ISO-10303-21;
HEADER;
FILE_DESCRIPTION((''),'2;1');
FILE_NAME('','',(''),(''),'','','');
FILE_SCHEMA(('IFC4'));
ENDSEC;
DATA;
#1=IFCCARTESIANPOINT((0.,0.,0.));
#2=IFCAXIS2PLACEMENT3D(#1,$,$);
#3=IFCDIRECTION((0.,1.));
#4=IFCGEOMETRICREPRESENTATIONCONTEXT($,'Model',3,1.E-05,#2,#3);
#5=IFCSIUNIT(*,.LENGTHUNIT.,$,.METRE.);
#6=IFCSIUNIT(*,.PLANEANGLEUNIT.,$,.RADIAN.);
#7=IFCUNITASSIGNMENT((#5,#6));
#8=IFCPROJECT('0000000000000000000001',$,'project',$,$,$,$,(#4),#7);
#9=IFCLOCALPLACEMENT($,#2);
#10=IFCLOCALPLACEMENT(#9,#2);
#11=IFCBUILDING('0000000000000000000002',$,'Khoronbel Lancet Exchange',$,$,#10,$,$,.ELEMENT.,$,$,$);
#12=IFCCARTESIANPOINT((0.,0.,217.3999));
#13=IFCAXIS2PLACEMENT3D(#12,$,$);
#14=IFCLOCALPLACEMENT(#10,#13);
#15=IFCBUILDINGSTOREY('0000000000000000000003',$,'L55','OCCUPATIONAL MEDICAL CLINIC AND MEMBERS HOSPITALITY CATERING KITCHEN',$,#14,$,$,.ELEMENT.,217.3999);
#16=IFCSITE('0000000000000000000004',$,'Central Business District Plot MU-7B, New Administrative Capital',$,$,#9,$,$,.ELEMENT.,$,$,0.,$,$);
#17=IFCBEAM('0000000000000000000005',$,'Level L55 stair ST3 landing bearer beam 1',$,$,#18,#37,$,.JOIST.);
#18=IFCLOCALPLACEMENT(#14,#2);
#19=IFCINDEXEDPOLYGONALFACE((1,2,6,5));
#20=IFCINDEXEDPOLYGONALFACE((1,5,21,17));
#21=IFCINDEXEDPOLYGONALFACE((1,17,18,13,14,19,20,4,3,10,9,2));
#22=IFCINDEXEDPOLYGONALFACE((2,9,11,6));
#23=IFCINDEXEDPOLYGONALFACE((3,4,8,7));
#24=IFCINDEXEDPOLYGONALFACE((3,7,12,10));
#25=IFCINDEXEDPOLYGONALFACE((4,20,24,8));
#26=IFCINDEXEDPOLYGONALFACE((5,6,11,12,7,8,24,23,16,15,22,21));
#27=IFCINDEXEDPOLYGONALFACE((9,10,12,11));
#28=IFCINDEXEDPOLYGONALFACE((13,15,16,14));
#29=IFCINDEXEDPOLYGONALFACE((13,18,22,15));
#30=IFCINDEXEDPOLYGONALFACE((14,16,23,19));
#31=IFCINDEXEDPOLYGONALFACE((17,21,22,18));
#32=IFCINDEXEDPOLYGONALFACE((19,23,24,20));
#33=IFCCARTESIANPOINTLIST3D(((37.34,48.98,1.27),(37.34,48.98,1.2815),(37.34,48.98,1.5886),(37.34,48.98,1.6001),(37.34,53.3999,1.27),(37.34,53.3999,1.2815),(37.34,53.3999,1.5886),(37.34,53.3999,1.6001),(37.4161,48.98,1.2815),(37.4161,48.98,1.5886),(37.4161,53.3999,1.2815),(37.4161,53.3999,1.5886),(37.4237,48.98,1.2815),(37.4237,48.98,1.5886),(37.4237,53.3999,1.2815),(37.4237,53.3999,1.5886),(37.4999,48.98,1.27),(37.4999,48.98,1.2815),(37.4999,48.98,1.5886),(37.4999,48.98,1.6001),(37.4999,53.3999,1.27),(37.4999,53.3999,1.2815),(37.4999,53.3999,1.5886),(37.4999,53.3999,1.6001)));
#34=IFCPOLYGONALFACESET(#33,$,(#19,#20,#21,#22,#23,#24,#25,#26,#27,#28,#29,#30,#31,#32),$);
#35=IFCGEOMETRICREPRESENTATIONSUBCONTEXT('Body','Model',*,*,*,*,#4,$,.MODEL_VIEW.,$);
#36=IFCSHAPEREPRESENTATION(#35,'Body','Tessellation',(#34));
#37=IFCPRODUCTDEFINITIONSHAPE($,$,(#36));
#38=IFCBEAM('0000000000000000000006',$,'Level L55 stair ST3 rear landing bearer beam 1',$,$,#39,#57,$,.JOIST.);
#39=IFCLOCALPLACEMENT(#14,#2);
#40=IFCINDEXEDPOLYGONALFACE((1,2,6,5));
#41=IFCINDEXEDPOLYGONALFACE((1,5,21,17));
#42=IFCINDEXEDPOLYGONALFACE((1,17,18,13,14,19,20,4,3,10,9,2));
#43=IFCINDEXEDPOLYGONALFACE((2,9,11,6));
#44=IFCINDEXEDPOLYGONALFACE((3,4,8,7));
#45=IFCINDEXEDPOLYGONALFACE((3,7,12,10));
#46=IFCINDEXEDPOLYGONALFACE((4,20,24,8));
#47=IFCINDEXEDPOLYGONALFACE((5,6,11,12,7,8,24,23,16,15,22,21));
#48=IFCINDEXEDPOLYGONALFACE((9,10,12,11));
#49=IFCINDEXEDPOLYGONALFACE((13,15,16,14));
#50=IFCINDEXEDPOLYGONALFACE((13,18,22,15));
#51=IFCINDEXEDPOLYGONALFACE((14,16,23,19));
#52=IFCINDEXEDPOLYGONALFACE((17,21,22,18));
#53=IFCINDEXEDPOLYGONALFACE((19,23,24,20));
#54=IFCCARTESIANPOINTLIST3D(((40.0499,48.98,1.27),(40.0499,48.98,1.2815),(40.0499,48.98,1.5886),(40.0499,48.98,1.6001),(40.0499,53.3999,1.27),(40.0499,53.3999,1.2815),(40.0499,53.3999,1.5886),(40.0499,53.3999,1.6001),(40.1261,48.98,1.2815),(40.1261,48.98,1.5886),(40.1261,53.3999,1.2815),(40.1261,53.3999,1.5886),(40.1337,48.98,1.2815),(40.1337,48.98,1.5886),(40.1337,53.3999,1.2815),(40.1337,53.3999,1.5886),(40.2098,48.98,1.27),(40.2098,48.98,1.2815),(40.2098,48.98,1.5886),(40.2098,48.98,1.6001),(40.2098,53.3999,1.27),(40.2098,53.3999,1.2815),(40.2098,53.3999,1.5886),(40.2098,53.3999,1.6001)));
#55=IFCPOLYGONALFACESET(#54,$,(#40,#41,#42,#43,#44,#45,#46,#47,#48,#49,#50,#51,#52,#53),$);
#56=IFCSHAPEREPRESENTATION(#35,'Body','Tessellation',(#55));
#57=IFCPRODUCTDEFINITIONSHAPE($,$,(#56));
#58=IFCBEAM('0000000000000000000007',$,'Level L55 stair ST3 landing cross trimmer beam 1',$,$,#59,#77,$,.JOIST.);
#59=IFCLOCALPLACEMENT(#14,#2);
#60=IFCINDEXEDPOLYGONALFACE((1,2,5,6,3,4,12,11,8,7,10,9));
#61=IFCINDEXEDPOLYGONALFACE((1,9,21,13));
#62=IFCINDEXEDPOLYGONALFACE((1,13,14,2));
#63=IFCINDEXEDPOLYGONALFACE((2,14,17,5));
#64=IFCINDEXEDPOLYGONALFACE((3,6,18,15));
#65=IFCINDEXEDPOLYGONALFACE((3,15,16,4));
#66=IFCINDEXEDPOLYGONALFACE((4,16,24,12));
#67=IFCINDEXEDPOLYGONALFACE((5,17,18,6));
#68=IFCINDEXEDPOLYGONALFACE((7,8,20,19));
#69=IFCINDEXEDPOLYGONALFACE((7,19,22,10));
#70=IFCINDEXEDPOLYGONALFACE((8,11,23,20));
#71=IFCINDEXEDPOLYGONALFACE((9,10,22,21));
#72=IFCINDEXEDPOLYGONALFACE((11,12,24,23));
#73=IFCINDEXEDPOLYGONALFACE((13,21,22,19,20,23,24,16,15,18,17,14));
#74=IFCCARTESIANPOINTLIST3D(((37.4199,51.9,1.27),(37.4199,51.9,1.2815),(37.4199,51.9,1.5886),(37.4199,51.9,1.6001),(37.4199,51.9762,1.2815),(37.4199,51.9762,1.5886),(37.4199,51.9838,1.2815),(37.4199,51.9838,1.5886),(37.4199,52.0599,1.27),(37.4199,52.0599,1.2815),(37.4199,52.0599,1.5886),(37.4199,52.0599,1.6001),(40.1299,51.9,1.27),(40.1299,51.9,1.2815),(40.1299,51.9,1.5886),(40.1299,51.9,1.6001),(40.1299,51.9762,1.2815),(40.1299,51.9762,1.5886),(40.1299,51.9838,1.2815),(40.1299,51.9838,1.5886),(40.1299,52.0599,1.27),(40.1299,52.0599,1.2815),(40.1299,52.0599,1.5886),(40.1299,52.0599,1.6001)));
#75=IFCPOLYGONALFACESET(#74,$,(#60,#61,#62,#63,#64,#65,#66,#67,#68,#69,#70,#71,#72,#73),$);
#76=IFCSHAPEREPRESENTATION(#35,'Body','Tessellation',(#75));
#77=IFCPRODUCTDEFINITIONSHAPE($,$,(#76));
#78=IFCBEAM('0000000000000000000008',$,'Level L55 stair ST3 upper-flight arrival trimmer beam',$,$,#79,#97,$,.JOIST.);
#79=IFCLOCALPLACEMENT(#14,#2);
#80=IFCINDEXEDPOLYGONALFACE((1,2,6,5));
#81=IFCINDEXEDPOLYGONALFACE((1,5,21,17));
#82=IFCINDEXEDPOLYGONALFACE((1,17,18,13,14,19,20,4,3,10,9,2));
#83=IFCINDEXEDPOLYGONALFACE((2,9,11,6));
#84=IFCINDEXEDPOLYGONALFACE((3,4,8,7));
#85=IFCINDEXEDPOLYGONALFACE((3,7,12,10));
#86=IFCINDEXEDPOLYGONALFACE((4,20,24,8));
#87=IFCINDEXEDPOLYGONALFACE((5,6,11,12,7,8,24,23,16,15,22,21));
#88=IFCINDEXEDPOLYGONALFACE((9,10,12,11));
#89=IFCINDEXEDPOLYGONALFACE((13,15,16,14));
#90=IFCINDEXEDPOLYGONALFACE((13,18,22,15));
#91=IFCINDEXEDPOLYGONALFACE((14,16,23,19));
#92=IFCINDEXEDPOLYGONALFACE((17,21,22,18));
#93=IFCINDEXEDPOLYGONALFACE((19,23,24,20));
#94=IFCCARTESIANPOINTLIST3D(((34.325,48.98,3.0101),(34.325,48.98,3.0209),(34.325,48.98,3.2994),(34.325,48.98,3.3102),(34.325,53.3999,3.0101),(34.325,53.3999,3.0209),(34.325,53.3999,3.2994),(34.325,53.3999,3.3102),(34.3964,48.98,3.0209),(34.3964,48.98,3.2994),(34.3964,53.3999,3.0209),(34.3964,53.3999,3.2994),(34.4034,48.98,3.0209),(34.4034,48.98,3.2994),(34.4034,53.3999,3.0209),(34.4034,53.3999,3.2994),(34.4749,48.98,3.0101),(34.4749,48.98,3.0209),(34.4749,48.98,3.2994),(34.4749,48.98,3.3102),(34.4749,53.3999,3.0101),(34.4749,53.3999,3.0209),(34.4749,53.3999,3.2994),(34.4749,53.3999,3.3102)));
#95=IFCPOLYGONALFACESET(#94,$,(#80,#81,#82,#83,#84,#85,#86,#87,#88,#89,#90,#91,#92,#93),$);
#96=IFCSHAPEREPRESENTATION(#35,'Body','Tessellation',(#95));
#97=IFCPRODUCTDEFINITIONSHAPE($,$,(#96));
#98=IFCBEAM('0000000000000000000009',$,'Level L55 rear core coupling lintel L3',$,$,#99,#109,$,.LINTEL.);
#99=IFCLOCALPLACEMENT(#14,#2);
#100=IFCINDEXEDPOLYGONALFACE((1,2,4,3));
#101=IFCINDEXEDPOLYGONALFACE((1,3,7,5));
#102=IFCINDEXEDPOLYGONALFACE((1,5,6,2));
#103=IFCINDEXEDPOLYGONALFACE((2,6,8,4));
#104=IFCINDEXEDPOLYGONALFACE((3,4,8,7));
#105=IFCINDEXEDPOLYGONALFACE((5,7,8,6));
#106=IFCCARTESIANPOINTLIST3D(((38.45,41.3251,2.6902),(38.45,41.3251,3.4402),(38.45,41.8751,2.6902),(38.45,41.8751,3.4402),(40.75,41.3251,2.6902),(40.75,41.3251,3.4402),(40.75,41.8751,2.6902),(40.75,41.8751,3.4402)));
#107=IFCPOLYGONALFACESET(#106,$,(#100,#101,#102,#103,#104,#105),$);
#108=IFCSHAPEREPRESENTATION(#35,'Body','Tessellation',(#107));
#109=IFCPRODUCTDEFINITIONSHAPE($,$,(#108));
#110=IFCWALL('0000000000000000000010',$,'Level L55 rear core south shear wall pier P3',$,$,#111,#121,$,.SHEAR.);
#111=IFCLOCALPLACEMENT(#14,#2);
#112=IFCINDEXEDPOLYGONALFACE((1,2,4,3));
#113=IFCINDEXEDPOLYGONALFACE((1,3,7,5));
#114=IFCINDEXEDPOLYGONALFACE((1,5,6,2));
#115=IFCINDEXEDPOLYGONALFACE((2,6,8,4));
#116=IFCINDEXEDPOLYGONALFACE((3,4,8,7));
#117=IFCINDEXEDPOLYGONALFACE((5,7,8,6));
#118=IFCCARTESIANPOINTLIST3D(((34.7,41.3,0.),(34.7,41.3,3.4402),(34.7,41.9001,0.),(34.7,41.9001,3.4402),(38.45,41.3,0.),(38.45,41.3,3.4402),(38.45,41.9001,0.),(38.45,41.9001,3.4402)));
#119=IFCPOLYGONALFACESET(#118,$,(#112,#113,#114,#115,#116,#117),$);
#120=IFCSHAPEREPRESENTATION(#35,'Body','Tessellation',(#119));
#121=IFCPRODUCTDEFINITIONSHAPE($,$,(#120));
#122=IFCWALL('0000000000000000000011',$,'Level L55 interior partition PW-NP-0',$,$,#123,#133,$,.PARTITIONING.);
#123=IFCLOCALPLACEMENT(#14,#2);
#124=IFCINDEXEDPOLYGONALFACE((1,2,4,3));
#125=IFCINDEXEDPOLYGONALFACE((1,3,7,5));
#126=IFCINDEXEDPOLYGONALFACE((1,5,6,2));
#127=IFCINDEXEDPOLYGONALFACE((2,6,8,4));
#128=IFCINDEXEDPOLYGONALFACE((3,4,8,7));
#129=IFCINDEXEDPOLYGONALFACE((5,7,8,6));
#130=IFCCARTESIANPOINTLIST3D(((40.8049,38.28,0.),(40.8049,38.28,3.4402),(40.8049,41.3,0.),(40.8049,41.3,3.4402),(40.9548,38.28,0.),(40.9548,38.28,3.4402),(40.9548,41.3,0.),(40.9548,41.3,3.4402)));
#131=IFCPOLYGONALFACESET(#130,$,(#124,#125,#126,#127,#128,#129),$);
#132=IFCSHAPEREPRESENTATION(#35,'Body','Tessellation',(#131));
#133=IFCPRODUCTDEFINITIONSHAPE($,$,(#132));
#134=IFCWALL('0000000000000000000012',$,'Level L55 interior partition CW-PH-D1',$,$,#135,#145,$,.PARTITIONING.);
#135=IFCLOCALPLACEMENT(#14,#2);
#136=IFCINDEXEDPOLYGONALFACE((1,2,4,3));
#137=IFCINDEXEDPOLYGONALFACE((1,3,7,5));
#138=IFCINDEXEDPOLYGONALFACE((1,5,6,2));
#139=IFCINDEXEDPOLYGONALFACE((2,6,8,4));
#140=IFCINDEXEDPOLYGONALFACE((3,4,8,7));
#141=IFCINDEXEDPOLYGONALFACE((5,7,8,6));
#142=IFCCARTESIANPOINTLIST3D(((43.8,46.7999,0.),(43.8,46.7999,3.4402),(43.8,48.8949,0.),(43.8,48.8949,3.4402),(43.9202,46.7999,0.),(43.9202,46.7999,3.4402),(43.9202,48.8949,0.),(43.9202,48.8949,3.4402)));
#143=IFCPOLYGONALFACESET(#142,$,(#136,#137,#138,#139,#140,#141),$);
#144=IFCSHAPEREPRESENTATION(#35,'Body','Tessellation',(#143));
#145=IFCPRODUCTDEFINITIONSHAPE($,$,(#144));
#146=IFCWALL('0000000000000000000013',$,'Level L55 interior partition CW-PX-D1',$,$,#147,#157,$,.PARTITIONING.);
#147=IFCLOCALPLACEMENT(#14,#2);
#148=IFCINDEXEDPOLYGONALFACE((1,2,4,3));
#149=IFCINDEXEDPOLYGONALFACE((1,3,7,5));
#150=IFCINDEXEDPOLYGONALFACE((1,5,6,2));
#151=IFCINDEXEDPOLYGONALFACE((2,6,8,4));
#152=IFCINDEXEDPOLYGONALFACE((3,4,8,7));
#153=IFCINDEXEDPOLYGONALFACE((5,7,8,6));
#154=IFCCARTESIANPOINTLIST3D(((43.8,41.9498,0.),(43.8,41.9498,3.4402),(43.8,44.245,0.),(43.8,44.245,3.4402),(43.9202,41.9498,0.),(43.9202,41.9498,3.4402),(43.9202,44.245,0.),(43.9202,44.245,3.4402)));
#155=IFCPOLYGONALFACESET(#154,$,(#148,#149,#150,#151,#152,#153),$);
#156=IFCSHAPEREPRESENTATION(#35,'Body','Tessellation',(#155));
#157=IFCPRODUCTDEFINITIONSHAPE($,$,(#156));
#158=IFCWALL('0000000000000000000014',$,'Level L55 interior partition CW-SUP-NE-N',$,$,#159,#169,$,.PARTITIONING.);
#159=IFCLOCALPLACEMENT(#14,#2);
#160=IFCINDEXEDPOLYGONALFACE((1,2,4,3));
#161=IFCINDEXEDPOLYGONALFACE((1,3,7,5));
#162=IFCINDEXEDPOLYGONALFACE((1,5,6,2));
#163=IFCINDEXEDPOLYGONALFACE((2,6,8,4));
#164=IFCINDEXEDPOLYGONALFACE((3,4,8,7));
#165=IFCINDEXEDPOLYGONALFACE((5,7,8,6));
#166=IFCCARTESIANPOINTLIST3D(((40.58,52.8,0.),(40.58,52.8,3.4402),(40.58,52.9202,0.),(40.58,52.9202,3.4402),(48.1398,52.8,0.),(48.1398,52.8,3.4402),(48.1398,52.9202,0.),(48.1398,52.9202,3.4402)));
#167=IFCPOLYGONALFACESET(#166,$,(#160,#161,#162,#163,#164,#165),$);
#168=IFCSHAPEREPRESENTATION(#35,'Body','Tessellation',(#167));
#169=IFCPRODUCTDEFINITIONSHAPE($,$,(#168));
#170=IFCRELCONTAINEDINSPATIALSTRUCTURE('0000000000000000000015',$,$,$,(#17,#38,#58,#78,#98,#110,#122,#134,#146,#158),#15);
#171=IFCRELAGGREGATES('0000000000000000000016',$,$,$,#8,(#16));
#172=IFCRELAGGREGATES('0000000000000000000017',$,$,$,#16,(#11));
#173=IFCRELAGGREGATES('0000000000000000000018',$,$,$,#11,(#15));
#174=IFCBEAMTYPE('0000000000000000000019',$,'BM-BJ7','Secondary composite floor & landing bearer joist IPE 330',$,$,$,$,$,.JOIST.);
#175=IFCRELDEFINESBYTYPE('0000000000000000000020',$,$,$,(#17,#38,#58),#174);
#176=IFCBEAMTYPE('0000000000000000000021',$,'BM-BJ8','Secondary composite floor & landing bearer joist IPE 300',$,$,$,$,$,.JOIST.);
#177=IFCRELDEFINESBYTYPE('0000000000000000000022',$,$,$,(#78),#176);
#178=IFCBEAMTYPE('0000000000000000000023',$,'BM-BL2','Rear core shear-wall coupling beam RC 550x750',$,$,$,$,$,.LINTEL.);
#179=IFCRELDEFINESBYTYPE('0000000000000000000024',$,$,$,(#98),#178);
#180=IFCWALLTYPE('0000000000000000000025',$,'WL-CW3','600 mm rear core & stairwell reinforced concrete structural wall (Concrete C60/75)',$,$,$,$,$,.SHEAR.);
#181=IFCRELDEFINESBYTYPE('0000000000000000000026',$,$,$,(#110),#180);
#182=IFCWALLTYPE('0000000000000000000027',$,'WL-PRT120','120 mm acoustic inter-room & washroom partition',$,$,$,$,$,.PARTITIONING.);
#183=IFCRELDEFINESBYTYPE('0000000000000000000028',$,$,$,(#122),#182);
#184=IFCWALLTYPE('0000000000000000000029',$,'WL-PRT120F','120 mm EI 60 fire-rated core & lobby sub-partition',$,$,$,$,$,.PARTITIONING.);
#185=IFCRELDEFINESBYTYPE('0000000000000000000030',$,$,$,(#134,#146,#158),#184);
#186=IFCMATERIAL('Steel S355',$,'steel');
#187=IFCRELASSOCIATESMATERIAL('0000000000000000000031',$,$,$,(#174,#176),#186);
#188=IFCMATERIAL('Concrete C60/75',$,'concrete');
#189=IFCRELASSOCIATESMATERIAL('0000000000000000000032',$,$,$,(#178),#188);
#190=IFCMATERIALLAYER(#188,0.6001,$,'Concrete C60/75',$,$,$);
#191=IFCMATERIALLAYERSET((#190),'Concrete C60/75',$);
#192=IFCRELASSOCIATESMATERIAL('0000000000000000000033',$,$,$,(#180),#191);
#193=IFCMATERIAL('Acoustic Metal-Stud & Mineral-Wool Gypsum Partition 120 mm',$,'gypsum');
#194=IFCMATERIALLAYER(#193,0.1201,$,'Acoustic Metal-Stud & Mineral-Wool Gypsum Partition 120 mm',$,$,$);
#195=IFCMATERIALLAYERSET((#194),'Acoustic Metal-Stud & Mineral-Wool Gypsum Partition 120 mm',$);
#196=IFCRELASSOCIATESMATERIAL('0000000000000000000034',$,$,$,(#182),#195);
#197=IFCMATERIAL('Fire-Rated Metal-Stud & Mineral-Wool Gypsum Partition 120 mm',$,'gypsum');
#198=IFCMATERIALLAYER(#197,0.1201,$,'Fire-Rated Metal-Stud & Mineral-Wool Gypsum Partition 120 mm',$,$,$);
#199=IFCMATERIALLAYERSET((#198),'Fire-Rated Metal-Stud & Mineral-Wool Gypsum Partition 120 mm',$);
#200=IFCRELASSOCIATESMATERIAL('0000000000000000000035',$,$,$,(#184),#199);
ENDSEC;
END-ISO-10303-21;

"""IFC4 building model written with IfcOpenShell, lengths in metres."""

from ifc_helpers import new_model, si_unit, direction, frame, frame_2d, origin, origin_2d, place, context, subcontext, project, spatial, rectangle, i_section, extrude, material, layer, layer_set, material_profile, profile_set, type_object, element, save


model = new_model("IFC4")

# Units and contexts
model_context = context("Model", 3, precision=1e-05, world=origin(), true_north=direction((0.0, 1.0)))
body_context = subcontext(model_context, "Body", "Model", "MODEL_VIEW")
ifc_project = project(units=[si_unit("LENGTHUNIT", "METRE"), si_unit("PLANEANGLEUNIT", "RADIAN")], contexts=[model_context])

# Site, building, storey
site_placement = place(None, origin())
site = spatial("IfcSite", under=ifc_project, at=site_placement, Name="Central Business District Plot MU-7B, New Administrative Capital", CompositionType="ELEMENT", RefElevation=0.0)
building_placement = place(site_placement, origin())
building = spatial("IfcBuilding", under=site, at=building_placement, Name="Khoronbel Lancet Exchange", CompositionType="ELEMENT")
storey_placement = place(building_placement, frame((0.0, 0.0, 217.3999)))
storey = spatial("IfcBuildingStorey", under=building, at=storey_placement, Name="L55", Description="OCCUPATIONAL MEDICAL CLINIC AND MEMBERS HOSPITALITY CATERING KITCHEN", CompositionType="ELEMENT", Elevation=217.3999)

# Beams
ifc_material_1 = material(Name="Steel S355", Category="steel")
ifc_material_profile_1 = material_profile(ifc_material_1, i_section(OverallWidth=0.1599, OverallDepth=0.3301, WebThickness=0.0076, FlangeThickness=0.0115, at=origin_2d()), Name="IPE 330")
ifc_profile_set_1 = profile_set([ifc_material_profile_1], Name="Steel S355")
beam_type_1 = type_object("IfcBeamType", Name="BM-BJ7", Description="Secondary composite floor & landing bearer joist IPE 330", PredefinedType="JOIST", material=ifc_profile_set_1)
for number, where, z_axis, x_axis, name in (
    (1, (37.4199, 48.98, 1.4351), (0.0, 1.0, 0.0), (-1.0, 0.0, 0.0), "Level L55 stair ST3 landing bearer beam 1"),
    (2, (40.1299, 48.98, 1.4351), (0.0, 1.0, 0.0), (-1.0, 0.0, 0.0), "Level L55 stair ST3 rear landing bearer beam 1"),
):
    element("IfcBeam", number, at=place(storey_placement, frame(where, z_axis=z_axis, x_axis=x_axis)), inside=storey, type_object=beam_type_1, Name=name, PredefinedType="JOIST", context=body_context, shape_type="SweptSolid", body=[
        extrude(i_section(OverallWidth=0.1599, OverallDepth=0.3301, WebThickness=0.0076, FlangeThickness=0.0115, at=origin_2d()), origin(), (0.0, 0.0, 1.0), 4.4199),
    ])
beam_1_placement = place(storey_placement, frame((37.4199, 51.98, 1.4351), z_axis=(1.0, 0.0, 0.0), x_axis=(0.0, 1.0, 0.0)))
element("IfcBeam", 3, at=beam_1_placement, inside=storey, type_object=beam_type_1, Name="Level L55 stair ST3 landing cross trimmer beam 1", PredefinedType="JOIST", context=body_context, shape_type="SweptSolid", body=[
    extrude(i_section(OverallWidth=0.1599, OverallDepth=0.3301, WebThickness=0.0076, FlangeThickness=0.0115, at=origin_2d()), origin(), (0.0, 0.0, 1.0), 2.71),
])
ifc_material_profile_2 = material_profile(ifc_material_1, i_section(OverallWidth=0.1499, OverallDepth=0.3, WebThickness=0.0071, FlangeThickness=0.0107, at=origin_2d()), Name="IPE 300")
ifc_profile_set_2 = profile_set([ifc_material_profile_2], Name="Steel S355")
beam_type_2 = type_object("IfcBeamType", Name="BM-BJ8", Description="Secondary composite floor & landing bearer joist IPE 300", PredefinedType="JOIST", material=ifc_profile_set_2)
beam_2_placement = place(storey_placement, frame((34.3999, 48.98, 3.1602), z_axis=(0.0, 1.0, 0.0), x_axis=(-1.0, 0.0, 0.0)))
element("IfcBeam", 4, at=beam_2_placement, inside=storey, type_object=beam_type_2, Name="Level L55 stair ST3 upper-flight arrival trimmer beam", PredefinedType="JOIST", context=body_context, shape_type="SweptSolid", body=[
    extrude(i_section(OverallWidth=0.1499, OverallDepth=0.3, WebThickness=0.0071, FlangeThickness=0.0107, at=origin_2d()), origin(), (0.0, 0.0, 1.0), 4.4199),
])
ifc_material_2 = material(Name="Concrete C60/75", Category="concrete")
ifc_material_profile_3 = material_profile(ifc_material_2, rectangle(XDim=0.55, YDim=0.75, at=origin_2d()), Name="RC 550x750")
ifc_profile_set_3 = profile_set([ifc_material_profile_3], Name="Concrete C60/75")
beam_type_3 = type_object("IfcBeamType", Name="BM-BL2", Description="Rear core shear-wall coupling beam RC 550x750", PredefinedType="LINTEL", material=ifc_profile_set_3)
beam_3_placement = place(storey_placement, frame((38.45, 41.6001, 3.0652), z_axis=(1.0, 0.0, 0.0), x_axis=(0.0, 1.0, 0.0)))
element("IfcBeam", 5, at=beam_3_placement, inside=storey, type_object=beam_type_3, Name="Level L55 rear core coupling lintel L3", PredefinedType="LINTEL", context=body_context, shape_type="SweptSolid", body=[
    extrude(rectangle(XDim=0.55, YDim=0.75, at=origin_2d()), origin(), (0.0, 0.0, 1.0), 2.3),
])

# Walls
ifc_layer_1 = layer(ifc_material_2, 0.6001, Name="Concrete C60/75")
ifc_layer_set_1 = layer_set([ifc_layer_1], Name="Concrete C60/75")
wall_type_1 = type_object("IfcWallType", Name="WL-CW3", Description="600 mm rear core & stairwell reinforced concrete structural wall (Concrete C60/75)", PredefinedType="SHEAR", material=ifc_layer_set_1)
wall_1_placement = place(storey_placement, frame((38.45, 41.6001, 0.0), z_axis=(0.0, 0.0, 1.0), x_axis=(-1.0, 0.0, 0.0)))
element("IfcWall", 6, at=wall_1_placement, inside=storey, type_object=wall_type_1, Name="Level L55 rear core south shear wall pier P3", PredefinedType="SHEAR", context=body_context, shape_type="SweptSolid", body=[
    extrude(rectangle(XDim=3.75, YDim=0.6001, at=frame_2d((1.875, 0.0))), origin(), (0.0, 0.0, 1.0), 3.4402),
])
ifc_material_3 = material(Name="Acoustic Metal-Stud & Mineral-Wool Gypsum Partition 120 mm", Category="gypsum")
ifc_layer_2 = layer(ifc_material_3, 0.1201, Name="Acoustic Metal-Stud & Mineral-Wool Gypsum Partition 120 mm")
ifc_layer_set_2 = layer_set([ifc_layer_2], Name="Acoustic Metal-Stud & Mineral-Wool Gypsum Partition 120 mm")
wall_type_2 = type_object("IfcWallType", Name="WL-PRT120", Description="120 mm acoustic inter-room & washroom partition", PredefinedType="PARTITIONING", material=ifc_layer_set_2)
wall_2_placement = place(storey_placement, frame((40.8799, 38.28, 0.0), z_axis=(0.0, 0.0, 1.0), x_axis=(0.0, 1.0, 0.0)))
element("IfcWall", 7, at=wall_2_placement, inside=storey, type_object=wall_type_2, Name="Level L55 interior partition PW-NP-0", PredefinedType="PARTITIONING", context=body_context, shape_type="SweptSolid", body=[
    extrude(rectangle(XDim=3.02, YDim=0.1499, at=frame_2d((1.51, 0.0))), origin(), (0.0, 0.0, 1.0), 3.4402),
])
ifc_material_4 = material(Name="Fire-Rated Metal-Stud & Mineral-Wool Gypsum Partition 120 mm", Category="gypsum")
ifc_layer_3 = layer(ifc_material_4, 0.1201, Name="Fire-Rated Metal-Stud & Mineral-Wool Gypsum Partition 120 mm")
ifc_layer_set_3 = layer_set([ifc_layer_3], Name="Fire-Rated Metal-Stud & Mineral-Wool Gypsum Partition 120 mm")
wall_type_3 = type_object("IfcWallType", Name="WL-PRT120F", Description="120 mm EI 60 fire-rated core & lobby sub-partition", PredefinedType="PARTITIONING", material=ifc_layer_set_3)
wall_3_placement = place(storey_placement, frame((43.8601, 46.8, 0.0), z_axis=(0.0, 0.0, 1.0), x_axis=(0.0, 1.0, 0.0)))
element("IfcWall", 8, at=wall_3_placement, inside=storey, type_object=wall_type_3, Name="Level L55 interior partition CW-PH-D1", PredefinedType="PARTITIONING", context=body_context, shape_type="SweptSolid", body=[
    extrude(rectangle(XDim=2.095, YDim=0.1201, at=frame_2d((1.0474, 0.0))), origin(), (0.0, 0.0, 1.0), 3.4402),
])
wall_4_placement = place(storey_placement, frame((43.8601, 41.95, 0.0), z_axis=(0.0, 0.0, 1.0), x_axis=(0.0, 1.0, 0.0)))
element("IfcWall", 9, at=wall_4_placement, inside=storey, type_object=wall_type_3, Name="Level L55 interior partition CW-PX-D1", PredefinedType="PARTITIONING", context=body_context, shape_type="SweptSolid", body=[
    extrude(rectangle(XDim=2.2952, YDim=0.1201, at=frame_2d((1.1475, 0.0))), origin(), (0.0, 0.0, 1.0), 3.4402),
])
wall_5_placement = place(storey_placement, frame((40.5801, 52.8601, 0.0), z_axis=(0.0, 0.0, 1.0), x_axis=(1.0, 0.0, 0.0)))
element("IfcWall", 10, at=wall_5_placement, inside=storey, type_object=wall_type_3, Name="Level L55 interior partition CW-SUP-NE-N", PredefinedType="PARTITIONING", context=body_context, shape_type="SweptSolid", body=[
    extrude(rectangle(XDim=7.5598, YDim=0.1201, at=frame_2d((3.7798, 0.0))), origin(), (0.0, 0.0, 1.0), 3.4402),
])

save(model, "model.ifc")
